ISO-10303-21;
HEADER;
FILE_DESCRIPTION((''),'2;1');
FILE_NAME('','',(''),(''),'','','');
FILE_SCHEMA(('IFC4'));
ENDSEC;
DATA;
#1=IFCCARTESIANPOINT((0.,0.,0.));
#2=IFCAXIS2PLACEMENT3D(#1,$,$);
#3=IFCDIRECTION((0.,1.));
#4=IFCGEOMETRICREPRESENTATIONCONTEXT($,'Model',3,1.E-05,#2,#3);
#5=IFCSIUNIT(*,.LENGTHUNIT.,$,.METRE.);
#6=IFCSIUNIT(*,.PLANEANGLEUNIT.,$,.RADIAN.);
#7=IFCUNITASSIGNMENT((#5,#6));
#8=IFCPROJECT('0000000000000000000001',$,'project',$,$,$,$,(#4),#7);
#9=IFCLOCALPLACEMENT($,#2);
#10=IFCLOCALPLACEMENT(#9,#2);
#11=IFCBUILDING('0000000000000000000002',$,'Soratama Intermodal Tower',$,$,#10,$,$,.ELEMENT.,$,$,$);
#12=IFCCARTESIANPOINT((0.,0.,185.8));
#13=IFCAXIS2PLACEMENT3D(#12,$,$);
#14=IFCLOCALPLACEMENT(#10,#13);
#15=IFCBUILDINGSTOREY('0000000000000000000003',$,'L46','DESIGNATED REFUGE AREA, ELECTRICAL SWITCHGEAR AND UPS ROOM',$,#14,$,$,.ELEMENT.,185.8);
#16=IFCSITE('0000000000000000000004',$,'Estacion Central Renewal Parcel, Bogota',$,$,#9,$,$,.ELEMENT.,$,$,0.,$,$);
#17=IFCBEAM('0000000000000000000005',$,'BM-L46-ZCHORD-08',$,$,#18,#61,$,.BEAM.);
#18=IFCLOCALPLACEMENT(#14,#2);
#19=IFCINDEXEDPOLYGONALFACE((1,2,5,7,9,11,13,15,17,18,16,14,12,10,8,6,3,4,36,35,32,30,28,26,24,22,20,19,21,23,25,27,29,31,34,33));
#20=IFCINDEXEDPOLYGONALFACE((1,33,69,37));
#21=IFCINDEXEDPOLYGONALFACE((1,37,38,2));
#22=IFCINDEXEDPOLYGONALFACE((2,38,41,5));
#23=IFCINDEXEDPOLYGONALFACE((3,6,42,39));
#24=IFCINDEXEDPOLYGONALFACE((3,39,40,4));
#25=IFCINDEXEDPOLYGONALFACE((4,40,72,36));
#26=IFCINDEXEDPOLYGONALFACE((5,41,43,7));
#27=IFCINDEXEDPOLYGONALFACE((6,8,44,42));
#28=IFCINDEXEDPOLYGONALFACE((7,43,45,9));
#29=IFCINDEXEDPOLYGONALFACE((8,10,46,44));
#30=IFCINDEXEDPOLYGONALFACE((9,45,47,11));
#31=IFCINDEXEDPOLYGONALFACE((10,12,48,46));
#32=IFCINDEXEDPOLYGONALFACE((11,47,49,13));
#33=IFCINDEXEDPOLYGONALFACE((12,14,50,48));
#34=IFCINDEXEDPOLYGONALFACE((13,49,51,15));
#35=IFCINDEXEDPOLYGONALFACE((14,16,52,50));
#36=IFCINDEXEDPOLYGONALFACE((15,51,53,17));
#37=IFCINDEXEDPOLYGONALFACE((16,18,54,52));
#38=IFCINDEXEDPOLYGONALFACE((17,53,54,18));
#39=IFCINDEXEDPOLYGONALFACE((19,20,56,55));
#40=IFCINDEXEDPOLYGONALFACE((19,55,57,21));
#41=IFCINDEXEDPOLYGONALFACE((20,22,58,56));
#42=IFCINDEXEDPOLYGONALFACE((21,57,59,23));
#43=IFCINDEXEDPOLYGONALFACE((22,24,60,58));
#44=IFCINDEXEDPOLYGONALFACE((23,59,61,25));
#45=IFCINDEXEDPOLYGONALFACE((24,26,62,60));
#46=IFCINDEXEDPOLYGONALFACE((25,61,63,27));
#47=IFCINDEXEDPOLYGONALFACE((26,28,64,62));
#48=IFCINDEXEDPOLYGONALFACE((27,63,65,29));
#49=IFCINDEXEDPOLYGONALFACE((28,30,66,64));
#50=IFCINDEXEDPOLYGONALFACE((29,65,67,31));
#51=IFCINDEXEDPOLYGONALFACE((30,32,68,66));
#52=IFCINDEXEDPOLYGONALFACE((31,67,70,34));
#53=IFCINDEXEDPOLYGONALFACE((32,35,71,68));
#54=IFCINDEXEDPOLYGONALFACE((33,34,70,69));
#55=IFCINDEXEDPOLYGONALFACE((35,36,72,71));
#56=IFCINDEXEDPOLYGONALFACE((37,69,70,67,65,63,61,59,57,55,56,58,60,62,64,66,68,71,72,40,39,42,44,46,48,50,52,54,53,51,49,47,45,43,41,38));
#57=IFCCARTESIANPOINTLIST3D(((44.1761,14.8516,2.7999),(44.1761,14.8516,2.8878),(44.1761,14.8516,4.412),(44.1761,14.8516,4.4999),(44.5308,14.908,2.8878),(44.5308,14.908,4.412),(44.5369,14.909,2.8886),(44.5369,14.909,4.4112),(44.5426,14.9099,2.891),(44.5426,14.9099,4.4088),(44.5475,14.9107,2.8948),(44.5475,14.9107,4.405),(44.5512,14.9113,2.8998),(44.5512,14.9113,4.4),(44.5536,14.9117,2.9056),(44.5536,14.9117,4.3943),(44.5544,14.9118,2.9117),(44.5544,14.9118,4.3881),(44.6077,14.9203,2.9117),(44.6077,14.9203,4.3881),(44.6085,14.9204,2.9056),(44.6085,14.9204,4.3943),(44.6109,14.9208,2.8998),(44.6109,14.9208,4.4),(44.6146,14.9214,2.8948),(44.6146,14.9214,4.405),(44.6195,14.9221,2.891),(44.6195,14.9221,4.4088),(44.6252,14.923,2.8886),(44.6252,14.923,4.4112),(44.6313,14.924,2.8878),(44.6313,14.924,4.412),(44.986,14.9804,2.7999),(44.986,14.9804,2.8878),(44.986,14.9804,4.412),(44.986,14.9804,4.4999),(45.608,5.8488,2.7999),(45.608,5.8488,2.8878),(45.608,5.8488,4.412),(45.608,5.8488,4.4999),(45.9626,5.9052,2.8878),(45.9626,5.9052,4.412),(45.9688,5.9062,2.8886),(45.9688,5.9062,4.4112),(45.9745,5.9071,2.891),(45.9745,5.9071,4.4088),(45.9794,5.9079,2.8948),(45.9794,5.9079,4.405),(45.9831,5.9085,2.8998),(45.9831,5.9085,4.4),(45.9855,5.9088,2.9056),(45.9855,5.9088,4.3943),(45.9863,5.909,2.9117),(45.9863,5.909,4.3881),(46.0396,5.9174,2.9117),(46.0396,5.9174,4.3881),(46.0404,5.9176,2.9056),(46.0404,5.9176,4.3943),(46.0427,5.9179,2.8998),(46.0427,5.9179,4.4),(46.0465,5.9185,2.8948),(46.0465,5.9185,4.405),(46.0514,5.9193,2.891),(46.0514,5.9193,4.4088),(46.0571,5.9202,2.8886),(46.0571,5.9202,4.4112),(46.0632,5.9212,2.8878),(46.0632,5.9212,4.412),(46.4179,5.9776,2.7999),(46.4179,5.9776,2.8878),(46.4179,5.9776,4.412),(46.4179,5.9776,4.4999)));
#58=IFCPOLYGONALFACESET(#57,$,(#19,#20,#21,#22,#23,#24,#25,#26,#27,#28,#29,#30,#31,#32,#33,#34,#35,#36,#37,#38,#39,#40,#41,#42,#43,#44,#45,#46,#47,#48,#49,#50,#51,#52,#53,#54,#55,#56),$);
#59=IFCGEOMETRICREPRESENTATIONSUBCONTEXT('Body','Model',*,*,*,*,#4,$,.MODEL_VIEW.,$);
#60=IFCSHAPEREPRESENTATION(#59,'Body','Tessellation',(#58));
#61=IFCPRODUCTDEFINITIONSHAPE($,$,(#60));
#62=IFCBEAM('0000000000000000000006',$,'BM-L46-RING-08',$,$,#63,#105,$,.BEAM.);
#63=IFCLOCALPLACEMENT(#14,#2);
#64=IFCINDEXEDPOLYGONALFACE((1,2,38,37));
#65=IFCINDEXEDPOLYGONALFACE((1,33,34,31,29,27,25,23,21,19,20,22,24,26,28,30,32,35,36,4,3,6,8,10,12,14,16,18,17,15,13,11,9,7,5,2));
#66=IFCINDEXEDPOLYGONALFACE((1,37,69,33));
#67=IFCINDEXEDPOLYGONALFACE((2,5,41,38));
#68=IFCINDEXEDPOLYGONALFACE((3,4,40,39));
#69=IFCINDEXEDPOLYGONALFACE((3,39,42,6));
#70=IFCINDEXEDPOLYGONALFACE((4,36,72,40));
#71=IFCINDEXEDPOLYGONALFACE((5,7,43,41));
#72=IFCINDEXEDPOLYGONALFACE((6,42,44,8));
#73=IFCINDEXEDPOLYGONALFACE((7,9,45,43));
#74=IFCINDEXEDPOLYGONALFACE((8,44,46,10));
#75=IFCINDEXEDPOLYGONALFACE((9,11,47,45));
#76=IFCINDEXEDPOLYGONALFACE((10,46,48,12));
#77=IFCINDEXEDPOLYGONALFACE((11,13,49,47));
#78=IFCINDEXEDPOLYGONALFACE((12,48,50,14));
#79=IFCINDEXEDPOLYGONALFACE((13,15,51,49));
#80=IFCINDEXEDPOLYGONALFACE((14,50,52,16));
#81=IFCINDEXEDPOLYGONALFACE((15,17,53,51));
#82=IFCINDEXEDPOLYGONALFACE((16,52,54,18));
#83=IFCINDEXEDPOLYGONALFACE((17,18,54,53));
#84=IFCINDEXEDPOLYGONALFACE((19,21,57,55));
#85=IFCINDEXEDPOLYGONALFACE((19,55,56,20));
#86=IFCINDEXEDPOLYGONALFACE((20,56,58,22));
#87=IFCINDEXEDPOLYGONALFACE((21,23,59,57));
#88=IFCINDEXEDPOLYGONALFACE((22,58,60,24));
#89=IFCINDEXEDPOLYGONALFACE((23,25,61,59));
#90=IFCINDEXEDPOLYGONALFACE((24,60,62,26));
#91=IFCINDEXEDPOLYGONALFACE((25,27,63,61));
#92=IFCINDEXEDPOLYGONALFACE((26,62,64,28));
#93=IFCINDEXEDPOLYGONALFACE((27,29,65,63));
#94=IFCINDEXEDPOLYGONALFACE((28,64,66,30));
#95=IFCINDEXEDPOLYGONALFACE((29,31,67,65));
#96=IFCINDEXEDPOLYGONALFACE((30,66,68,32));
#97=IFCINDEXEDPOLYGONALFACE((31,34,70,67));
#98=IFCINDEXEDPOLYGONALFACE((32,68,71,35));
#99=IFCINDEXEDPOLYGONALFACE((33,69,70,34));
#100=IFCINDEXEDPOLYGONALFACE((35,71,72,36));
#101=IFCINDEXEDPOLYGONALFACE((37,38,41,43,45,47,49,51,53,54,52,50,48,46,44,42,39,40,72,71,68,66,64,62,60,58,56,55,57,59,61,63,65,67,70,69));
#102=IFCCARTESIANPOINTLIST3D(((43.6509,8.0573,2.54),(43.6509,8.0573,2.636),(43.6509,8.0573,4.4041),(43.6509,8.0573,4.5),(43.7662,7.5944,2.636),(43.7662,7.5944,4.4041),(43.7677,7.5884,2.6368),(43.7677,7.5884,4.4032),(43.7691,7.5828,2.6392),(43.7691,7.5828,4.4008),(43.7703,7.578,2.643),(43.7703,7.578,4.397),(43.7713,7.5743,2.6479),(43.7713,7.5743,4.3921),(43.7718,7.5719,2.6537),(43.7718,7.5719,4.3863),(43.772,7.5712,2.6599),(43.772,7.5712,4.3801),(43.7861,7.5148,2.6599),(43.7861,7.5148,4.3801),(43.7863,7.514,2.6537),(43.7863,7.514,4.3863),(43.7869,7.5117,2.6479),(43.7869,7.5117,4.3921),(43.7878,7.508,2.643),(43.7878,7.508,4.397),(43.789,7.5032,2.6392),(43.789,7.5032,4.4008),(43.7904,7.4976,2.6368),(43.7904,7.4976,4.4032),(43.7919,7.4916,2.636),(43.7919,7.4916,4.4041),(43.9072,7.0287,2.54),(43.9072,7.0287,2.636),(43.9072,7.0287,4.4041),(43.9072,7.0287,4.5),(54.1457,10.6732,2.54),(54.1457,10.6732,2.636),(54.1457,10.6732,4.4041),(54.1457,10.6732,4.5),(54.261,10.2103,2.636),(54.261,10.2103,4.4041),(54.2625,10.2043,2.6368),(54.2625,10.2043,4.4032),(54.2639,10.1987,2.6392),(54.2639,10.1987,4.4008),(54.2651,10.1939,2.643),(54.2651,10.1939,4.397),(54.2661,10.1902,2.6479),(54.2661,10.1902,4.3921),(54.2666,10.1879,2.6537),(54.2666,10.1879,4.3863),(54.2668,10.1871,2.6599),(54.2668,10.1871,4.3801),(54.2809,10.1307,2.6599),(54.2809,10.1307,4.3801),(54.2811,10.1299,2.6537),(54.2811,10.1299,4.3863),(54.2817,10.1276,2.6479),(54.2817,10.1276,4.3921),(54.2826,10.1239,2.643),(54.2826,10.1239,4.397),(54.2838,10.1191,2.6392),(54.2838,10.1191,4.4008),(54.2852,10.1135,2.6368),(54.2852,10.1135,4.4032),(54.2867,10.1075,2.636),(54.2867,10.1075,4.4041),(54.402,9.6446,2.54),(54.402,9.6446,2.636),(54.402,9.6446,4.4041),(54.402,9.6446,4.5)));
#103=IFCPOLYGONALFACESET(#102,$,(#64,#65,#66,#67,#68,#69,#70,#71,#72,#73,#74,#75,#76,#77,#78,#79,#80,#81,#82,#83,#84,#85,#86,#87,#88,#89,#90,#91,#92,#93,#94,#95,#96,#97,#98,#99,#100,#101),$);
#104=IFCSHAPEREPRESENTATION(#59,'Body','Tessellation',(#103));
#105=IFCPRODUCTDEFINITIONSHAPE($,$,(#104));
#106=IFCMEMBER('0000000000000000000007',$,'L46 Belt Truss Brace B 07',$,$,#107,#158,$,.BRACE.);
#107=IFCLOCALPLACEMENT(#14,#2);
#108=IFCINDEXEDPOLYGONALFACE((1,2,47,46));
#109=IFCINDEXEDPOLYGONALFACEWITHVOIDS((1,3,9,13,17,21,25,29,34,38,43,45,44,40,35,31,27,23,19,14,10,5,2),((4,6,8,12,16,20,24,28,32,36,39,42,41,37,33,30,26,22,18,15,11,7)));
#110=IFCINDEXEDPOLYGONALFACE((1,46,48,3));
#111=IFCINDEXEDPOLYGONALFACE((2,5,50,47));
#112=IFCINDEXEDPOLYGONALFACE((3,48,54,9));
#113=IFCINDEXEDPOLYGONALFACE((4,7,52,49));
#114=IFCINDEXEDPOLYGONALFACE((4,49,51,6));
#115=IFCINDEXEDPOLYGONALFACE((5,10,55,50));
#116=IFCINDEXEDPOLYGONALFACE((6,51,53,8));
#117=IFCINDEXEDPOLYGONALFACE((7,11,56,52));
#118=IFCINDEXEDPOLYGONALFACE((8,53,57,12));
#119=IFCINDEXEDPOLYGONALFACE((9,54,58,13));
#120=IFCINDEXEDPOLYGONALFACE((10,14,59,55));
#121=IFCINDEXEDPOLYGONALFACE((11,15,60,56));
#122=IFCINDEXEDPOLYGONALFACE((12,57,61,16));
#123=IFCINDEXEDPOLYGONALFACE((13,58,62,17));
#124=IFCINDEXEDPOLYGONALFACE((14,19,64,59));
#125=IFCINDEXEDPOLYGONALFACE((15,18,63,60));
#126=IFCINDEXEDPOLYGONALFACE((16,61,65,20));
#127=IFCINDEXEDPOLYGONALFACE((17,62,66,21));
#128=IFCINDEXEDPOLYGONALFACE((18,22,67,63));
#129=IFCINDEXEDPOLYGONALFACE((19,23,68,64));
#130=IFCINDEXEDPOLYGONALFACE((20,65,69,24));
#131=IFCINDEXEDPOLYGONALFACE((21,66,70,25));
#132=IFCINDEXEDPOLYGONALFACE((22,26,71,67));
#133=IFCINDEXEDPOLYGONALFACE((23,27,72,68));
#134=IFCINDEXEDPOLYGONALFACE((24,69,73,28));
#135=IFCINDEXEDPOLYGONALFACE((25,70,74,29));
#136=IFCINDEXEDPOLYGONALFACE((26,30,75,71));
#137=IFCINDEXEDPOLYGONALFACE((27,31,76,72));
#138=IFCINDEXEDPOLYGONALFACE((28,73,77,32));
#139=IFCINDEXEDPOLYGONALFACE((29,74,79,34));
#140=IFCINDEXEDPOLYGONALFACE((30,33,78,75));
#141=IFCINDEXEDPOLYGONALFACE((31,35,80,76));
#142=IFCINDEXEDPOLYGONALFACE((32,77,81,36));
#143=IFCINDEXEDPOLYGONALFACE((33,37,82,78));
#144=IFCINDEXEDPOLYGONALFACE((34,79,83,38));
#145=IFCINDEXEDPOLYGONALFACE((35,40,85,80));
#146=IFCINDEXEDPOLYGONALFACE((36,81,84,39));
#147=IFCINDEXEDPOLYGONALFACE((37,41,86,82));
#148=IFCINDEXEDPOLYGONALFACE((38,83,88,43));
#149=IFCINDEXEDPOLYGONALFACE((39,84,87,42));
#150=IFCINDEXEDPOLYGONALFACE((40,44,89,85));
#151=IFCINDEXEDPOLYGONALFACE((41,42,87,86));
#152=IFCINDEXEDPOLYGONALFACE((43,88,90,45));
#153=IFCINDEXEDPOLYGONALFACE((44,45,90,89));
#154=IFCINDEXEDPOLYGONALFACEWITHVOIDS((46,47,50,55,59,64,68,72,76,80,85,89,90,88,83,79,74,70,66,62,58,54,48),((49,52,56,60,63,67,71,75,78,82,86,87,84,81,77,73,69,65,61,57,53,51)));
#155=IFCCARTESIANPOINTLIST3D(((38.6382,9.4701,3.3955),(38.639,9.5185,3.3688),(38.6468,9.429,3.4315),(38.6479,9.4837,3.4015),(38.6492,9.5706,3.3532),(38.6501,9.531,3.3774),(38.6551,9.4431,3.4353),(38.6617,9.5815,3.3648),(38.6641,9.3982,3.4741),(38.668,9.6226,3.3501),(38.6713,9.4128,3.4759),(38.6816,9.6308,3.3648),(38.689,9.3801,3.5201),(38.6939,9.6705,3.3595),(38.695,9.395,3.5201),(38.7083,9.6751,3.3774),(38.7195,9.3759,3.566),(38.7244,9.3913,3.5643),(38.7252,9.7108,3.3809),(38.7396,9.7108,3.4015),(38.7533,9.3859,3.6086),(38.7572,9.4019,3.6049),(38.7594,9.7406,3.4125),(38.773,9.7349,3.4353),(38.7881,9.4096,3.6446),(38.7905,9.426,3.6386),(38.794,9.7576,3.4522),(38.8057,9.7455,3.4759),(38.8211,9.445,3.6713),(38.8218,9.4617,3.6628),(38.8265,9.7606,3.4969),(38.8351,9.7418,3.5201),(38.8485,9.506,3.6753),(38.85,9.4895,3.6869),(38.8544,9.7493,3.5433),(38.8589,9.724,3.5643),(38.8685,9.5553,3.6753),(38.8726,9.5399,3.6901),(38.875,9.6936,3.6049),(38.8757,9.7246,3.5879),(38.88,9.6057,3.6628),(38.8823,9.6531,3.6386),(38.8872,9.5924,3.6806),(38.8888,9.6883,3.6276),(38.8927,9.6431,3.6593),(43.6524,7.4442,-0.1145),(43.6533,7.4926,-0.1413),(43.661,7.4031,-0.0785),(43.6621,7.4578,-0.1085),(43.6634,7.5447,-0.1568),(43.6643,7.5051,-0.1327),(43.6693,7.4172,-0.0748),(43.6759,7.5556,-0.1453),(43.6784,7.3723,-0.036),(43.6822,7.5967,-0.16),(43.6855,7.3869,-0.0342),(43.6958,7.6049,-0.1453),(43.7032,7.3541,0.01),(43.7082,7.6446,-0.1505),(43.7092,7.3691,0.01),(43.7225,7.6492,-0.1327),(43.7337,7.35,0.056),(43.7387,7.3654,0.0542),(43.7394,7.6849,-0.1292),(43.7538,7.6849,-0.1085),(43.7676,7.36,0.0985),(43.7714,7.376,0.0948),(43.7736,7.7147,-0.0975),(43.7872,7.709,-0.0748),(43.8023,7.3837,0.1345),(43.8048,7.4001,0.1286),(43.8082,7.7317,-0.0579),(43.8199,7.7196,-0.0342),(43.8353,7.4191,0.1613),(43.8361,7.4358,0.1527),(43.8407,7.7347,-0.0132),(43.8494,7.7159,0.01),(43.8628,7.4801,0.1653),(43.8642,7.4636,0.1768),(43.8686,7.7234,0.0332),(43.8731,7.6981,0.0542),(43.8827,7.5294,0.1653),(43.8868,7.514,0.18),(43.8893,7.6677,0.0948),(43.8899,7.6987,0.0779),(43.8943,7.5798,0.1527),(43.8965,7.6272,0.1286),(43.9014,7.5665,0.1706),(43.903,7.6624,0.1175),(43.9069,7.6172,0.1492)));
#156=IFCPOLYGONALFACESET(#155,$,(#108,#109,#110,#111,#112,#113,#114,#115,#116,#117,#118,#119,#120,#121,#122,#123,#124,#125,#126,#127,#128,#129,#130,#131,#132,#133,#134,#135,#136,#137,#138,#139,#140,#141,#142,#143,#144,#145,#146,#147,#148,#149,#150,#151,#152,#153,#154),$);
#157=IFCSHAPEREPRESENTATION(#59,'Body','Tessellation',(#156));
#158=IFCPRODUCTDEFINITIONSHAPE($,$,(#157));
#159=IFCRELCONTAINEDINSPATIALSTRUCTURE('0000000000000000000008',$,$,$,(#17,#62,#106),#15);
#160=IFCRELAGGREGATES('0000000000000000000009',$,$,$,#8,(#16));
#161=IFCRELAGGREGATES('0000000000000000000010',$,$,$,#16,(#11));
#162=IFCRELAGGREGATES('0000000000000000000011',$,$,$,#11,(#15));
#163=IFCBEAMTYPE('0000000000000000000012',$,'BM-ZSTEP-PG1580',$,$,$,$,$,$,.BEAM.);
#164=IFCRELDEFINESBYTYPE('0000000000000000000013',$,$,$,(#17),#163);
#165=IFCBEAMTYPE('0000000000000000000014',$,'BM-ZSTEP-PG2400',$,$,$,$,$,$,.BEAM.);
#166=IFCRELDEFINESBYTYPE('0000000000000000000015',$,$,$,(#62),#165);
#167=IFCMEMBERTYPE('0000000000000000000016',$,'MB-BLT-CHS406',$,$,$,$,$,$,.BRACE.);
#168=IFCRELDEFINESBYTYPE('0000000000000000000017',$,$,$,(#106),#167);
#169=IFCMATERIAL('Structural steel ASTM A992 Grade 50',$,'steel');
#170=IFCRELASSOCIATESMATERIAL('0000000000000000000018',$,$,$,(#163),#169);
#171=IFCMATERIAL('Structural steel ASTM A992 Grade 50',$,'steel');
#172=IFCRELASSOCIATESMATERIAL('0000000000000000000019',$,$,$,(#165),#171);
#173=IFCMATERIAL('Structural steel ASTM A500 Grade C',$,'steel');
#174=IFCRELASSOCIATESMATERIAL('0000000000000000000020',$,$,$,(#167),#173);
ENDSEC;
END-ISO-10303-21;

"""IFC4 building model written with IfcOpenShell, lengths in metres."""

from ifc_helpers import new_model, si_unit, direction, frame, origin, origin_2d, place, context, subcontext, project, spatial, hollow_circle, i_section, extrude, material, material_profile, profile_set, type_object, element, save


model = new_model("IFC4")

# Units and contexts
model_context = context("Model", 3, precision=1e-05, world=origin(), true_north=direction((0.0, 1.0)))
body_context = subcontext(model_context, "Body", "Model", "MODEL_VIEW")
ifc_project = project(units=[si_unit("LENGTHUNIT", "METRE"), si_unit("PLANEANGLEUNIT", "RADIAN")], contexts=[model_context])

# Site, building, storey
site_placement = place(None, origin())
site = spatial("IfcSite", under=ifc_project, at=site_placement, Name="Estacion Central Renewal Parcel, Bogota", CompositionType="ELEMENT", RefElevation=0.0)
building_placement = place(site_placement, origin())
building = spatial("IfcBuilding", under=site, at=building_placement, Name="Soratama Intermodal Tower", CompositionType="ELEMENT")
storey_placement = place(building_placement, frame((0.0, 0.0, 185.8)))
storey = spatial("IfcBuildingStorey", under=building, at=storey_placement, Name="L46", Description="DESIGNATED REFUGE AREA, ELECTRICAL SWITCHGEAR AND UPS ROOM", CompositionType="ELEMENT", Elevation=185.8)

# Beams
ifc_material_1 = material(Name="Structural steel ASTM A992 Grade 50", Category="steel")
ifc_material_profile_1 = material_profile(ifc_material_1, i_section(OverallWidth=0.8201, OverallDepth=1.7, WebThickness=0.054, FlangeThickness=0.0879, FilletRadius=0.0239, at=origin_2d()), Name="PG1580X800")
ifc_profile_set_1 = profile_set([ifc_material_profile_1], Name="Structural steel ASTM A992 Grade 50")
beam_type_1 = type_object("IfcBeamType", Name="BM-ZSTEP-PG1580", PredefinedType="BEAM", material=ifc_profile_set_1)
beam_1_placement = place(storey_placement, frame((44.5811, 14.916, 3.6499), z_axis=(0.157072, -0.987587, 0.0), x_axis=(0.987587, 0.157072, 0.0)))
element("IfcBeam", 1, at=beam_1_placement, inside=storey, type_object=beam_type_1, Name="BM-L46-ZCHORD-08", PredefinedType="BEAM", context=body_context, shape_type="SweptSolid", body=[
    extrude(i_section(OverallWidth=0.8201, OverallDepth=1.7, WebThickness=0.054, FlangeThickness=0.0879, FilletRadius=0.0239, at=origin_2d()), origin(), (0.0, 0.0, 1.0), 9.116),
])
ifc_material_2 = material(Name="Structural steel ASTM A992 Grade 50", Category="steel")
ifc_material_profile_2 = material_profile(ifc_material_2, i_section(OverallWidth=1.0601, OverallDepth=1.96, WebThickness=0.0581, FlangeThickness=0.0959, FilletRadius=0.0239, at=origin_2d()), Name="PG2400X900")
ifc_profile_set_2 = profile_set([ifc_material_profile_2], Name="Structural steel ASTM A992 Grade 50")
beam_type_2 = type_object("IfcBeamType", Name="BM-ZSTEP-PG2400", PredefinedType="BEAM", material=ifc_profile_set_2)
beam_2_placement = place(storey_placement, frame((43.7791, 7.543, 3.52), z_axis=(0.970311, 0.241861, 0.0), x_axis=(-0.241861, 0.970311, 0.0)))
element("IfcBeam", 2, at=beam_2_placement, inside=storey, type_object=beam_type_2, Name="BM-L46-RING-08", PredefinedType="BEAM", context=body_context, shape_type="SweptSolid", body=[
    extrude(i_section(OverallWidth=1.0601, OverallDepth=1.96, WebThickness=0.0581, FlangeThickness=0.0959, FilletRadius=0.0239, at=origin_2d()), origin(), (0.0, 0.0, 1.0), 10.8159),
])

# Member
ifc_material_3 = material(Name="Structural steel ASTM A500 Grade C", Category="steel")
ifc_material_profile_3 = material_profile(ifc_material_3, hollow_circle(Radius=0.2031, WallThickness=0.0161, at=origin_2d()), Name="CHS406X16")
ifc_profile_set_3 = profile_set([ifc_material_profile_3], Name="Structural steel ASTM A500 Grade C")
member_type = type_object("IfcMemberType", Name="MB-BLT-CHS406", PredefinedType="BRACE", material=ifc_profile_set_3)
member_1_placement = place(storey_placement, frame((43.7793, 7.5425, 0.01), z_axis=(-0.777729, 0.314227, 0.544425), x_axis=(-0.374611, -0.927182, 0.0)))
element("IfcMember", 3, at=member_1_placement, inside=storey, type_object=member_type, Name="L46 Belt Truss Brace B 07", PredefinedType="BRACE", context=body_context, shape_type="SweptSolid", body=[
    extrude(hollow_circle(Radius=0.2031, WallThickness=0.0161, at=origin_2d()), origin(), (0.0, 0.0, 1.0), 6.4473),
])

save(model, "model.ifc")
